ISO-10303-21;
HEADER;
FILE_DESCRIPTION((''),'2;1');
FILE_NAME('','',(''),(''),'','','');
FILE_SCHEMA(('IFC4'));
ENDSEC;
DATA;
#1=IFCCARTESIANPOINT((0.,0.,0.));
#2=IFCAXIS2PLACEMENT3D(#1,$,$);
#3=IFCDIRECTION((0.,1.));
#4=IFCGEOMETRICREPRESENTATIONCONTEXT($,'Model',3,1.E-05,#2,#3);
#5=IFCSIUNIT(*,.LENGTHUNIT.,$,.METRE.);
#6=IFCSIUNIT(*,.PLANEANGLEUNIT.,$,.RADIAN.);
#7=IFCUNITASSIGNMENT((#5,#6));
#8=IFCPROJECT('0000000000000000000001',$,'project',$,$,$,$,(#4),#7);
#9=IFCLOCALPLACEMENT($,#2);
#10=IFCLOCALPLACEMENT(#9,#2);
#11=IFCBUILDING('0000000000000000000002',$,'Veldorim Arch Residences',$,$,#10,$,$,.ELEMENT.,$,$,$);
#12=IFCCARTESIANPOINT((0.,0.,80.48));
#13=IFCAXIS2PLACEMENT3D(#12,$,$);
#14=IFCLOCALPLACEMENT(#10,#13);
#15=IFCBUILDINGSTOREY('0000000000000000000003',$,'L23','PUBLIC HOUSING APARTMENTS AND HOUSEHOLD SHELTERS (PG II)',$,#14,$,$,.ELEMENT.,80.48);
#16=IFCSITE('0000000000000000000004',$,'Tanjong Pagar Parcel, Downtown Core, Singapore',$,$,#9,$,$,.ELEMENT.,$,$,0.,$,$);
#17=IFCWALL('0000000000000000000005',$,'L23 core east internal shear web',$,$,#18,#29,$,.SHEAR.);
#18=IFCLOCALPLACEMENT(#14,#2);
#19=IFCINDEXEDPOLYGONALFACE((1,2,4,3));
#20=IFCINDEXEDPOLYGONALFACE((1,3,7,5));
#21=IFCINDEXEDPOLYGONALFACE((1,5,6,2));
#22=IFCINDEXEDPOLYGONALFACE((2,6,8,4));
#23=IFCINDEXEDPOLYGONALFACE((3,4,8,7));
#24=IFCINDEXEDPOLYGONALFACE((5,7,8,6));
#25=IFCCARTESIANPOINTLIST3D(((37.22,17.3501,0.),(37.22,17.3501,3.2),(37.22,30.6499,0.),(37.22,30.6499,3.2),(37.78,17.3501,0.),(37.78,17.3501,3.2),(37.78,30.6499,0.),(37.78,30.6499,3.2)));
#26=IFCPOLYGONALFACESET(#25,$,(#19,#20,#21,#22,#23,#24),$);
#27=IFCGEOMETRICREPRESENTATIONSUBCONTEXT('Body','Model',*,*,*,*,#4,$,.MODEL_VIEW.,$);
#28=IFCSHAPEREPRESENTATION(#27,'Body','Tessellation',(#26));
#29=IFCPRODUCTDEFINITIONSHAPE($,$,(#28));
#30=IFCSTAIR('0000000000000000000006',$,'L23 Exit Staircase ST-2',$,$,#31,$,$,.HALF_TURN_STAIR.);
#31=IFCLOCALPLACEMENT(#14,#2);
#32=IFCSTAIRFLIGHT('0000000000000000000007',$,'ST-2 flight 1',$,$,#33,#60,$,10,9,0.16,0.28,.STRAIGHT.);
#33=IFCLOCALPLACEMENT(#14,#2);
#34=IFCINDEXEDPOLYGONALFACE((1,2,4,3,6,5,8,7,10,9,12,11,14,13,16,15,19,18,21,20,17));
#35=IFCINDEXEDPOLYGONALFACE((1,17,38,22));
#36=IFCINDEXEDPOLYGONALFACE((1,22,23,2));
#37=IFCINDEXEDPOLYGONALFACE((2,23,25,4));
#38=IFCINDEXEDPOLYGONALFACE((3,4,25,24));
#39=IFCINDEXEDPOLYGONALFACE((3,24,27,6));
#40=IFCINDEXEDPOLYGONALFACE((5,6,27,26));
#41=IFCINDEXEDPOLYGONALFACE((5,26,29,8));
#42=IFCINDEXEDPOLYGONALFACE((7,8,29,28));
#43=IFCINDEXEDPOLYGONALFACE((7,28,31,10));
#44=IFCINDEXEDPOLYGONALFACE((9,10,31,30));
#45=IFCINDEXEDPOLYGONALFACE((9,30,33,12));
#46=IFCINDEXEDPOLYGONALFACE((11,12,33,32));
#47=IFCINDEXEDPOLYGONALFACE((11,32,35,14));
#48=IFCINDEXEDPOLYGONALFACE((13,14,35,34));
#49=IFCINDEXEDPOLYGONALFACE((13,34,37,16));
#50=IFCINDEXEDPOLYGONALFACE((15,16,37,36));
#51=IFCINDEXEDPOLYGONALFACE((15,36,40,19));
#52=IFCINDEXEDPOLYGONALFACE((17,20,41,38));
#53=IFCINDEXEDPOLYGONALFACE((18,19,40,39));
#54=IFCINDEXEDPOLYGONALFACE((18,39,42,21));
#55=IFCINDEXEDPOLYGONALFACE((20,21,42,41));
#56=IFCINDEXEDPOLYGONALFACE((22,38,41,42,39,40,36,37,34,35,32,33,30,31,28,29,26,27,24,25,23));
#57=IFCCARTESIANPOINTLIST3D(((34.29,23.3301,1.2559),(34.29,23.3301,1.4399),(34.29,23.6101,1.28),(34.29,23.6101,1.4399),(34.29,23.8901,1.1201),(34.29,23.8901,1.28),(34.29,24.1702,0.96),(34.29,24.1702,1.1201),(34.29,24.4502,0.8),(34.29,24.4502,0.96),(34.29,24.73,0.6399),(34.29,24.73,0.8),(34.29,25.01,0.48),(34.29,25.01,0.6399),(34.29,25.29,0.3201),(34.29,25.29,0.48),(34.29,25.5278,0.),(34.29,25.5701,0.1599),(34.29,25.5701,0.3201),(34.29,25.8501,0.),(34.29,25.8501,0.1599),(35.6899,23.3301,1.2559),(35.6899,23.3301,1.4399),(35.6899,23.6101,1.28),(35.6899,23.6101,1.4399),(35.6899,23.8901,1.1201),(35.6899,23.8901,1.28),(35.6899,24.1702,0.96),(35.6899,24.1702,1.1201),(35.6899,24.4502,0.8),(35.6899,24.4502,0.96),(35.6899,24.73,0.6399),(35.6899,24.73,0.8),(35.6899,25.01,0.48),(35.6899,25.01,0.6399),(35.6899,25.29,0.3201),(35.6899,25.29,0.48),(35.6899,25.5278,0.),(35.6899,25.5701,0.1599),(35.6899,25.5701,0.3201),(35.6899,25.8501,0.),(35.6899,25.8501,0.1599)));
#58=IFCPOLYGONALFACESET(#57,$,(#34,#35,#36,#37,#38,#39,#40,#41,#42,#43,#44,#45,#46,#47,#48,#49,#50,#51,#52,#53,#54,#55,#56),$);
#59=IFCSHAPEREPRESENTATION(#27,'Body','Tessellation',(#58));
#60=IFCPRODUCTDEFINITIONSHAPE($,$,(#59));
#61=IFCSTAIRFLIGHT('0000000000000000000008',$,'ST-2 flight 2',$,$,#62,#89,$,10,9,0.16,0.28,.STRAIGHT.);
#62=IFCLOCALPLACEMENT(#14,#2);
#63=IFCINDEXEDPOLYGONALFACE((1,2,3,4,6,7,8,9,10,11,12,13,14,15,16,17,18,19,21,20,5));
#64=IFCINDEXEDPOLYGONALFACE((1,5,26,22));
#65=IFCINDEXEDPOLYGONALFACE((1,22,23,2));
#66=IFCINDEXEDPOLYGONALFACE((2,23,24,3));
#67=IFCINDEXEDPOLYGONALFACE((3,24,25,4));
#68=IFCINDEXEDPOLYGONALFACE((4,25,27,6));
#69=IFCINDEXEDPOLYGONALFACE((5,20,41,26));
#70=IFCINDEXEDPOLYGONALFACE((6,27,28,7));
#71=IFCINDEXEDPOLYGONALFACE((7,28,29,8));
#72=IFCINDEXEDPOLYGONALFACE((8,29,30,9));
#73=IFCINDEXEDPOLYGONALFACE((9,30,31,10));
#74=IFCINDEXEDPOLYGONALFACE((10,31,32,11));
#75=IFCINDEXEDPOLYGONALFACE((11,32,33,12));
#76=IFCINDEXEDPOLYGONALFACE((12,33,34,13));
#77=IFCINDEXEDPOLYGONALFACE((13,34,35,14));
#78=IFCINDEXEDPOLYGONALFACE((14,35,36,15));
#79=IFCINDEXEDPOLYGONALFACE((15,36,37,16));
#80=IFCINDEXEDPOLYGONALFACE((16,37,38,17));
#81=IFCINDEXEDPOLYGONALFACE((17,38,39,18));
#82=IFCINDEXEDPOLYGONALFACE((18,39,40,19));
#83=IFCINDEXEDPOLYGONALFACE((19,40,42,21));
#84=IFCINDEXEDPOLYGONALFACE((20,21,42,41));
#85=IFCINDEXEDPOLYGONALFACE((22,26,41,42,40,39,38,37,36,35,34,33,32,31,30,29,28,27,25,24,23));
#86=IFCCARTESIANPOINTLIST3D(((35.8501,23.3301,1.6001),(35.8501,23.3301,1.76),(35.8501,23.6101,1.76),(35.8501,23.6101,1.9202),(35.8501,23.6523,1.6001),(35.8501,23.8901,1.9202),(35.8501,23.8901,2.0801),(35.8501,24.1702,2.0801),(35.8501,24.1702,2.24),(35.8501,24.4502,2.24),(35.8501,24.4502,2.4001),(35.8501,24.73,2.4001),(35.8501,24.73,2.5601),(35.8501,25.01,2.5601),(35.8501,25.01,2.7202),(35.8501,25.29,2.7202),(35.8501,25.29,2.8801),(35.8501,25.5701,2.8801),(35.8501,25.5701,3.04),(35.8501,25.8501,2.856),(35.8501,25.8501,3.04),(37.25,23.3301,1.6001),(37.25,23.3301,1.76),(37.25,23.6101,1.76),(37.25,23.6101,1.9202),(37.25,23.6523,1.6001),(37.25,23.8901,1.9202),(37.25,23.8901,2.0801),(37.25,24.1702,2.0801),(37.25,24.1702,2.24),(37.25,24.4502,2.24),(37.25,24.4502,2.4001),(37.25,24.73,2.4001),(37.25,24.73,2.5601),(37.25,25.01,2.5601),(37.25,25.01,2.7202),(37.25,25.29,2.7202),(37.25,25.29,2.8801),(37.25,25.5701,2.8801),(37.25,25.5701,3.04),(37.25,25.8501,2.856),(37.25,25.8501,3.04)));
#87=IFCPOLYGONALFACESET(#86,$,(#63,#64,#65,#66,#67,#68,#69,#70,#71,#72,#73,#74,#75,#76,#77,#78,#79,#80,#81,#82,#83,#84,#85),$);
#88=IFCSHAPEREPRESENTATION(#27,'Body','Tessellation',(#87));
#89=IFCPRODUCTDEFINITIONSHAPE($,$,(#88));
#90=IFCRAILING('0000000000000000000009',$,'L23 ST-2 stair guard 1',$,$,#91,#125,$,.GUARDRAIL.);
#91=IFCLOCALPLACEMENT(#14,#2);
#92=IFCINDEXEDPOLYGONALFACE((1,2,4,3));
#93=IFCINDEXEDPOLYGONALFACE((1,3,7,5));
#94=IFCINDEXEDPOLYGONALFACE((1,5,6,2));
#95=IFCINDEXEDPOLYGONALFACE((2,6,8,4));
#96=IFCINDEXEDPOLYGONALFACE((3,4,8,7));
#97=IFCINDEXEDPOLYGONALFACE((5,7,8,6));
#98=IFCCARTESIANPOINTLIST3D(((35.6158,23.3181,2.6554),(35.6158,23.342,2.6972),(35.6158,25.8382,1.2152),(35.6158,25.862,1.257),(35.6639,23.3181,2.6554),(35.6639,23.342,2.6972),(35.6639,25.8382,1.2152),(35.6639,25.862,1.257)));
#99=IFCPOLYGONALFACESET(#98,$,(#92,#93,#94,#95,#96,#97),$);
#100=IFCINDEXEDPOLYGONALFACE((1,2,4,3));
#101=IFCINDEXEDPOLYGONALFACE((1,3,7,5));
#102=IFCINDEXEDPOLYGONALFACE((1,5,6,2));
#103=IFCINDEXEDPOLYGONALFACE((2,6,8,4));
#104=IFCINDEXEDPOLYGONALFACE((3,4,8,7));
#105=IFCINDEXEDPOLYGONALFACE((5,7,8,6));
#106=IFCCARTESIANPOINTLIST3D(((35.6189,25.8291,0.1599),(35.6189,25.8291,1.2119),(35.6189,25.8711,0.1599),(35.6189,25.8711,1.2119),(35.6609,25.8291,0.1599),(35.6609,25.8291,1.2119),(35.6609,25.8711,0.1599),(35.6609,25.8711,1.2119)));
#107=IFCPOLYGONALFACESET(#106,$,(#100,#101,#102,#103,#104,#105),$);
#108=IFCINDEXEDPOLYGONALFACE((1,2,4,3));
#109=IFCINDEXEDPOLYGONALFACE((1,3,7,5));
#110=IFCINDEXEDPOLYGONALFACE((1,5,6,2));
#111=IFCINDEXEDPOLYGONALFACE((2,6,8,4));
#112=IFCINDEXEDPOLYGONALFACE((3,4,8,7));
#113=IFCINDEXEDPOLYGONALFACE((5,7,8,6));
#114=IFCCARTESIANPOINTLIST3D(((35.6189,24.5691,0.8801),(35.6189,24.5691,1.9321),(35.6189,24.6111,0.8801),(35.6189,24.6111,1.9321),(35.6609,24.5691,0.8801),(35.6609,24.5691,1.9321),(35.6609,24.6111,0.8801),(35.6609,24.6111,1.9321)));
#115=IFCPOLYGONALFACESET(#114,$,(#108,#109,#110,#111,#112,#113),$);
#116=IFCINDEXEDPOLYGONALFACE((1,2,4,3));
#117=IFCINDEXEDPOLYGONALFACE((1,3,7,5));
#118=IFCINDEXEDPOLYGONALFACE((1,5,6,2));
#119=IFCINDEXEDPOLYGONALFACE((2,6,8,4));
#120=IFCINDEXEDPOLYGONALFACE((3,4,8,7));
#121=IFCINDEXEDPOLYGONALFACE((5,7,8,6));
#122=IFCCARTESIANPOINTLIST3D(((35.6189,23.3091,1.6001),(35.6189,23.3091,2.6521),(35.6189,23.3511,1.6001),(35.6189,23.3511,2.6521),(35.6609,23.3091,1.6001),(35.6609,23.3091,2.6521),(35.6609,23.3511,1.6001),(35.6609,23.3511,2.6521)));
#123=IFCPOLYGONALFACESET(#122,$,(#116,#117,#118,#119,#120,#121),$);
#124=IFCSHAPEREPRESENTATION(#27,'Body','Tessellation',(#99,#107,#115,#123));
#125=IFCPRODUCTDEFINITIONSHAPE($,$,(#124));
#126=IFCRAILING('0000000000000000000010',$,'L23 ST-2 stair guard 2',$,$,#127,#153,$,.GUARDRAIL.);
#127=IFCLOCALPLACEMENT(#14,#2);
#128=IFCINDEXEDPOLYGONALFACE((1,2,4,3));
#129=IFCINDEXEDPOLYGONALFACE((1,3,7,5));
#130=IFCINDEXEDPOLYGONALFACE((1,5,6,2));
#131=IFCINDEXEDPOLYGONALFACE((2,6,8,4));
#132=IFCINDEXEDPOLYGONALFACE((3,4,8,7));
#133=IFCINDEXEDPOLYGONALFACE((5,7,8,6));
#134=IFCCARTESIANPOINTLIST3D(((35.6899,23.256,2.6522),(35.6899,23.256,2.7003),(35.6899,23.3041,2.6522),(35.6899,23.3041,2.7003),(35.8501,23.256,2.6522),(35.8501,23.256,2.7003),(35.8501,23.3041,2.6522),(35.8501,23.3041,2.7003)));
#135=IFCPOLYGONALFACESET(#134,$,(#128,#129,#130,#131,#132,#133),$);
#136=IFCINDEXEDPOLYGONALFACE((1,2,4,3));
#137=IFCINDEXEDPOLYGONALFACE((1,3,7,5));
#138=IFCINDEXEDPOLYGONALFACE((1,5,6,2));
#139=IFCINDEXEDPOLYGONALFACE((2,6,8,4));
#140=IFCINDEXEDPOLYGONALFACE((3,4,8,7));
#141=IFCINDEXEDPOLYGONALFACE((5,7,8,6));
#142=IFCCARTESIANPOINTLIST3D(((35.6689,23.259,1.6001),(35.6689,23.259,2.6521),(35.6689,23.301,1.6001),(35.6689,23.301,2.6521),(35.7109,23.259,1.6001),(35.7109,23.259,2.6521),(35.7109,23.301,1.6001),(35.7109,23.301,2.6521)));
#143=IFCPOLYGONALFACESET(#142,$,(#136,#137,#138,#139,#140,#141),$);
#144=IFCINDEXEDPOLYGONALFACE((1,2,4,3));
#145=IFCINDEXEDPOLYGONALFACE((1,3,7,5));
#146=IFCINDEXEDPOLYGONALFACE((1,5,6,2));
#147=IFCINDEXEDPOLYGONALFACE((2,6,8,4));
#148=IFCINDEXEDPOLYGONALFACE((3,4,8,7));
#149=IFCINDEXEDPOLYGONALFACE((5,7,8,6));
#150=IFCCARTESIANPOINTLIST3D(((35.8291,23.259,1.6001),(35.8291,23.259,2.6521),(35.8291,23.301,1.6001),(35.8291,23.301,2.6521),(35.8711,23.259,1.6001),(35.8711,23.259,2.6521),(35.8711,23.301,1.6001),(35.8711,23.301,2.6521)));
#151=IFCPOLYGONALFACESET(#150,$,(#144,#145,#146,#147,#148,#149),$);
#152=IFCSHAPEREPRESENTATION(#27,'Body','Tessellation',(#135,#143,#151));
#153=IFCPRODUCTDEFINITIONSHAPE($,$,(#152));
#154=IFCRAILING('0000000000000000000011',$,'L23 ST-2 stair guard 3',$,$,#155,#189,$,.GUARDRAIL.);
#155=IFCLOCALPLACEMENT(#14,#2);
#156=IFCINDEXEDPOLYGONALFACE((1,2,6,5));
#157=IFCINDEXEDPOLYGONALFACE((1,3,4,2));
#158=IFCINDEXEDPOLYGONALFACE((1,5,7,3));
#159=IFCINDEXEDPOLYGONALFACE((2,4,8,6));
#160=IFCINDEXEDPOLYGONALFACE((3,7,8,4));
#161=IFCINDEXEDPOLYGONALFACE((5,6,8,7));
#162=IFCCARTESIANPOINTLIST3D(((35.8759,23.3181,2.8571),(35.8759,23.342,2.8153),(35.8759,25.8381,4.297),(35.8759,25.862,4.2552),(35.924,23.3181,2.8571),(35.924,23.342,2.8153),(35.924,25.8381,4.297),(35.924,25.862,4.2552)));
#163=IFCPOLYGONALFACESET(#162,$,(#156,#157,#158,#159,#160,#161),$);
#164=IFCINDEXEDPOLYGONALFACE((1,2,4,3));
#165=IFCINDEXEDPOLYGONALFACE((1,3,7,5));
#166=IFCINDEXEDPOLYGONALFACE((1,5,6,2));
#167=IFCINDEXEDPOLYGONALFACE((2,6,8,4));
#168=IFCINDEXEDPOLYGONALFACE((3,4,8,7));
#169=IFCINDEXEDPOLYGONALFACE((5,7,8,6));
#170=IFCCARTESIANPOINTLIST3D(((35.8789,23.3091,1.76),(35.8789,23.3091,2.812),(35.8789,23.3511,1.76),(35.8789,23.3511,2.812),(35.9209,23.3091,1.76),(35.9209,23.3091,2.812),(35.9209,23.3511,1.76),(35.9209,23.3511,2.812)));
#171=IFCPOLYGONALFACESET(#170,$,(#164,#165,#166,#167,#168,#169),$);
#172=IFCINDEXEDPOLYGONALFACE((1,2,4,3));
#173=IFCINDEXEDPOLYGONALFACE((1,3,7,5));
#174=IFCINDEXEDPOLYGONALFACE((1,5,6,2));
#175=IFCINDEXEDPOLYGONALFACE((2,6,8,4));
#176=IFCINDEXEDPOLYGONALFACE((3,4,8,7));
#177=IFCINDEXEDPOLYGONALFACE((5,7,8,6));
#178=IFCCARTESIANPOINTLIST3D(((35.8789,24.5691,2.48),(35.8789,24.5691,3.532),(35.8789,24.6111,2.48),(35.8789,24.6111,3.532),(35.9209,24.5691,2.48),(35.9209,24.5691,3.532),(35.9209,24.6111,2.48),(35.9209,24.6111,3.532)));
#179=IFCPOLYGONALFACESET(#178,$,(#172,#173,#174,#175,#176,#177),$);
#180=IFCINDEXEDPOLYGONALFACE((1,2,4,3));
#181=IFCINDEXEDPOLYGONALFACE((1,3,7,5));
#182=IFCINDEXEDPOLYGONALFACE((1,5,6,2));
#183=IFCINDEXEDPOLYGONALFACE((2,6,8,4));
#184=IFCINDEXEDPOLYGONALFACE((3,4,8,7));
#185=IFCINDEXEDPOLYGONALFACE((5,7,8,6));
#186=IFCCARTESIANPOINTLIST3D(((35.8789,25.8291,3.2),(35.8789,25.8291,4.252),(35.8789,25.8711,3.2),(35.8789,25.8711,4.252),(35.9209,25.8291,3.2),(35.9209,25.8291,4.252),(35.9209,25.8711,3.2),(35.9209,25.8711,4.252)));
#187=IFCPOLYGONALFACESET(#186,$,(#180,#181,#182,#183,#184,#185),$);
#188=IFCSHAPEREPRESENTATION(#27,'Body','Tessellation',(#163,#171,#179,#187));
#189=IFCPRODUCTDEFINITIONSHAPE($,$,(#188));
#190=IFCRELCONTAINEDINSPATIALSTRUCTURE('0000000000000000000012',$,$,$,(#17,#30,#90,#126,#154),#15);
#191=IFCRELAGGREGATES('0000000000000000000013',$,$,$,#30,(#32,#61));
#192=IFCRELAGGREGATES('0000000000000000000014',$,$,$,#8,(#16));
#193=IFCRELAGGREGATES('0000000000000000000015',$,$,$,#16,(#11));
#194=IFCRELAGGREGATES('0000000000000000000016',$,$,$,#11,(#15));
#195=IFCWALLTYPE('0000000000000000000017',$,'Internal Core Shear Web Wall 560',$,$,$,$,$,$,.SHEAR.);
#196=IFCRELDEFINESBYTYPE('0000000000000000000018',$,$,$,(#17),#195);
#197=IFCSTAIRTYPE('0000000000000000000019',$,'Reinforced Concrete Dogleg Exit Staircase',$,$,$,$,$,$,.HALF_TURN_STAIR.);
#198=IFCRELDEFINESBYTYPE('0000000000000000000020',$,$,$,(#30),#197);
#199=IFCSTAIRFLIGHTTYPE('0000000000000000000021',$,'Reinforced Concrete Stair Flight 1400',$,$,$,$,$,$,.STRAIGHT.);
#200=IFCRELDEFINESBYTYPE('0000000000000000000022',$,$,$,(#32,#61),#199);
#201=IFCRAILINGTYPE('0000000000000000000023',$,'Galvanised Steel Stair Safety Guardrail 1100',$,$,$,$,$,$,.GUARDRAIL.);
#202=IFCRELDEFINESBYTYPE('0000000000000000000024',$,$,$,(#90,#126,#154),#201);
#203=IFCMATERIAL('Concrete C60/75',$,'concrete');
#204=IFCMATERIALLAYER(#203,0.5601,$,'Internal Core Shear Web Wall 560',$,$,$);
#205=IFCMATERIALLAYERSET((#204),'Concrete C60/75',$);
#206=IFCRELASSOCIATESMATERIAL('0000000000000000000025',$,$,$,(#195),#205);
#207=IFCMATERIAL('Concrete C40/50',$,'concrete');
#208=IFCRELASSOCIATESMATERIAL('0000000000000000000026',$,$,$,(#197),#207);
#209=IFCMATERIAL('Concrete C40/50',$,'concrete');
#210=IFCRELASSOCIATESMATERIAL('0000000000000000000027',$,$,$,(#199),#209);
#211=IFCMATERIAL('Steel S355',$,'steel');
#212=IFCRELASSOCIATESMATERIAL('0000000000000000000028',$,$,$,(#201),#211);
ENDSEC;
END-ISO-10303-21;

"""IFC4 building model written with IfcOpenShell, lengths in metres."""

from ifc_helpers import new_model, si_unit, direction, frame, frame_2d, origin, origin_2d, place, context, subcontext, project, spatial, polyline, rectangle, outline, extrude, material, layer, layer_set, type_object, element, aggregate, save


model = new_model("IFC4")

# Units and contexts
model_context = context("Model", 3, precision=1e-05, world=origin(), true_north=direction((0.0, 1.0)))
body_context = subcontext(model_context, "Body", "Model", "MODEL_VIEW")
ifc_project = project(units=[si_unit("LENGTHUNIT", "METRE"), si_unit("PLANEANGLEUNIT", "RADIAN")], contexts=[model_context])

# Site, building, storey
site_placement = place(None, origin())
site = spatial("IfcSite", under=ifc_project, at=site_placement, Name="Tanjong Pagar Parcel, Downtown Core, Singapore", CompositionType="ELEMENT", RefElevation=0.0)
building_placement = place(site_placement, origin())
building = spatial("IfcBuilding", under=site, at=building_placement, Name="Veldorim Arch Residences", CompositionType="ELEMENT")
storey_placement = place(building_placement, frame((0.0, 0.0, 80.48)))
storey = spatial("IfcBuildingStorey", under=building, at=storey_placement, Name="L23", Description="PUBLIC HOUSING APARTMENTS AND HOUSEHOLD SHELTERS (PG II)", CompositionType="ELEMENT", Elevation=80.48)

# Wall
ifc_material_1 = material(Name="Concrete C60/75", Category="concrete")
ifc_layer_1 = layer(ifc_material_1, 0.5601, Name="Internal Core Shear Web Wall 560")
ifc_layer_set_1 = layer_set([ifc_layer_1], Name="Concrete C60/75")
wall_type_1 = type_object("IfcWallType", Name="Internal Core Shear Web Wall 560", PredefinedType="SHEAR", material=ifc_layer_set_1)
wall_1_placement = place(storey_placement, frame((37.5, 17.3501, 0.0), z_axis=(0.0, 0.0, 1.0), x_axis=(0.0, 1.0, 0.0)))
element("IfcWall", 1, at=wall_1_placement, inside=storey, type_object=wall_type_1, Name="L23 core east internal shear web", PredefinedType="SHEAR", context=body_context, shape_type="SweptSolid", body=[
    extrude(rectangle(XDim=13.2998, YDim=0.5601, at=frame_2d((6.6499, 0.0))), origin(), (0.0, 0.0, 1.0), 3.2),
])

# Stair, stair flights
ifc_material_2 = material(Name="Concrete C40/50", Category="concrete")
stair_type = type_object("IfcStairType", Name="Reinforced Concrete Dogleg Exit Staircase", PredefinedType="HALF_TURN_STAIR", material=ifc_material_2)
stair_placement = place(storey_placement, origin())
stair = element("IfcStair", 2, at=stair_placement, inside=storey, type_object=stair_type, Name="L23 Exit Staircase ST-2", PredefinedType="HALF_TURN_STAIR")
ifc_material_3 = material(Name="Concrete C40/50", Category="concrete")
stair_flight_type = type_object("IfcStairFlightType", Name="Reinforced Concrete Stair Flight 1400", PredefinedType="STRAIGHT", material=ifc_material_3)
stair_flight_1_placement = place(storey_placement, frame((34.99, 25.8501, 0.0), z_axis=(0.0, 0.0, 1.0), x_axis=(0.0, -1.0, 0.0)))
stair_flight_1 = element("IfcStairFlight", 3, at=stair_flight_1_placement, type_object=stair_flight_type, Name="ST-2 flight 1", NumberOfRisers=10, NumberOfTreads=9, PredefinedType="STRAIGHT", RiserHeight=0.16, TreadLength=0.28, context=body_context, shape_type="SweptSolid", body=[
    extrude(outline(polyline([(0.0, 0.0), (0.0, 0.1599), (0.28, 0.1599), (0.28, 0.3201), (0.5601, 0.3201), (0.5601, 0.48), (0.8401, 0.48), (0.8401, 0.6399), (1.1201, 0.6399), (1.1201, 0.8), (1.3999, 0.8), (1.3999, 0.96), (1.6799, 0.96), (1.6799, 1.1201), (1.96, 1.1201), (1.96, 1.28), (2.24, 1.28), (2.24, 1.4399), (2.52, 1.4399), (2.52, 1.6001), (2.52, 1.2559), (0.3223, 0.0), (0.0, 0.0)])), frame((0.0, 0.7, 0.0), z_axis=(0.0, -1.0, 0.0), x_axis=(1.0, 0.0, 0.0)), (0.0, 0.0, 1.0), 1.3999),
])
stair_flight_2_placement = place(storey_placement, frame((36.55, 23.3301, 1.6001), z_axis=(0.0, 0.0, 1.0), x_axis=(0.0, 1.0, 0.0)))
stair_flight_2 = element("IfcStairFlight", 4, at=stair_flight_2_placement, type_object=stair_flight_type, Name="ST-2 flight 2", NumberOfRisers=10, NumberOfTreads=9, PredefinedType="STRAIGHT", RiserHeight=0.16, TreadLength=0.28, context=body_context, shape_type="SweptSolid", body=[
    extrude(outline(polyline([(0.0, 0.0), (0.0, 0.1599), (0.28, 0.1599), (0.28, 0.3201), (0.5601, 0.3201), (0.5601, 0.48), (0.8401, 0.48), (0.8401, 0.6399), (1.1201, 0.6399), (1.1201, 0.8), (1.3999, 0.8), (1.3999, 0.96), (1.6799, 0.96), (1.6799, 1.1201), (1.96, 1.1201), (1.96, 1.28), (2.24, 1.28), (2.24, 1.4399), (2.52, 1.4399), (2.52, 1.6001), (2.52, 1.2559), (0.3223, 0.0), (0.0, 0.0)])), frame((0.0, 0.7, 0.0), z_axis=(0.0, -1.0, 0.0), x_axis=(1.0, 0.0, 0.0)), (0.0, 0.0, 1.0), 1.3999),
])
aggregate(stair, [stair_flight_1, stair_flight_2])

# Railings
ifc_material_4 = material(Name="Steel S355", Category="steel")
railing_type_1 = type_object("IfcRailingType", Name="Galvanised Steel Stair Safety Guardrail 1100", PredefinedType="GUARDRAIL", material=ifc_material_4)
railing_1_placement = place(storey_placement, frame((35.6399, 25.8501, 0.1599)))
element("IfcRailing", 5, at=railing_1_placement, inside=storey, type_object=railing_type_1, Name="L23 ST-2 stair guard 1", PredefinedType="GUARDRAIL", context=body_context, shape_type="SweptSolid", body=[
    extrude(rectangle(XDim=0.0481, YDim=0.0481, at=origin_2d()), frame((0.0, 0.0, 1.0762), z_axis=(0.0, -0.868217, 0.496184), x_axis=(1.0, 0.0, 0.0)), (0.0, 0.0, 1.0), 2.9026),
    extrude(rectangle(XDim=0.042, YDim=0.042, at=origin_2d()), origin(), (0.0, 0.0, 1.0), 1.052),
    extrude(rectangle(XDim=0.042, YDim=0.042, at=origin_2d()), frame((0.0, -1.26, 0.7202)), (0.0, 0.0, 1.0), 1.052),
    extrude(rectangle(XDim=0.042, YDim=0.042, at=origin_2d()), frame((0.0, -2.52, 1.4402)), (0.0, 0.0, 1.0), 1.052),
])
railing_2_placement = place(storey_placement, frame((35.6899, 23.28, 1.6001)))
element("IfcRailing", 6, at=railing_2_placement, inside=storey, type_object=railing_type_1, Name="L23 ST-2 stair guard 2", PredefinedType="GUARDRAIL", context=body_context, shape_type="SweptSolid", body=[
    extrude(rectangle(XDim=0.0481, YDim=0.0481, at=origin_2d()), frame((0.0, 0.0, 1.0762), z_axis=(1.0, 0.0, 0.0), x_axis=(0.0, 1.0, 0.0)), (0.0, 0.0, 1.0), 0.1602),
    extrude(rectangle(XDim=0.042, YDim=0.042, at=origin_2d()), origin(), (0.0, 0.0, 1.0), 1.052),
    extrude(rectangle(XDim=0.042, YDim=0.042, at=origin_2d()), frame((0.1602, 0.0, 0.0)), (0.0, 0.0, 1.0), 1.052),
])
railing_3_placement = place(storey_placement, frame((35.8999, 23.3301, 1.76)))
element("IfcRailing", 7, at=railing_3_placement, inside=storey, type_object=railing_type_1, Name="L23 ST-2 stair guard 3", PredefinedType="GUARDRAIL", context=body_context, shape_type="SweptSolid", body=[
    extrude(rectangle(XDim=0.0481, YDim=0.0481, at=origin_2d()), frame((0.0, 0.0, 1.0762), z_axis=(0.0, 0.868253, 0.496121), x_axis=(-1.0, 0.0, 0.0)), (0.0, 0.0, 1.0), 2.9023),
    extrude(rectangle(XDim=0.042, YDim=0.042, at=origin_2d()), origin(), (0.0, 0.0, 1.0), 1.052),
    extrude(rectangle(XDim=0.042, YDim=0.042, at=origin_2d()), frame((0.0, 1.26, 0.72)), (0.0, 0.0, 1.0), 1.052),
    extrude(rectangle(XDim=0.042, YDim=0.042, at=origin_2d()), frame((0.0, 2.52, 1.4399)), (0.0, 0.0, 1.0), 1.052),
])

save(model, "model.ifc")
